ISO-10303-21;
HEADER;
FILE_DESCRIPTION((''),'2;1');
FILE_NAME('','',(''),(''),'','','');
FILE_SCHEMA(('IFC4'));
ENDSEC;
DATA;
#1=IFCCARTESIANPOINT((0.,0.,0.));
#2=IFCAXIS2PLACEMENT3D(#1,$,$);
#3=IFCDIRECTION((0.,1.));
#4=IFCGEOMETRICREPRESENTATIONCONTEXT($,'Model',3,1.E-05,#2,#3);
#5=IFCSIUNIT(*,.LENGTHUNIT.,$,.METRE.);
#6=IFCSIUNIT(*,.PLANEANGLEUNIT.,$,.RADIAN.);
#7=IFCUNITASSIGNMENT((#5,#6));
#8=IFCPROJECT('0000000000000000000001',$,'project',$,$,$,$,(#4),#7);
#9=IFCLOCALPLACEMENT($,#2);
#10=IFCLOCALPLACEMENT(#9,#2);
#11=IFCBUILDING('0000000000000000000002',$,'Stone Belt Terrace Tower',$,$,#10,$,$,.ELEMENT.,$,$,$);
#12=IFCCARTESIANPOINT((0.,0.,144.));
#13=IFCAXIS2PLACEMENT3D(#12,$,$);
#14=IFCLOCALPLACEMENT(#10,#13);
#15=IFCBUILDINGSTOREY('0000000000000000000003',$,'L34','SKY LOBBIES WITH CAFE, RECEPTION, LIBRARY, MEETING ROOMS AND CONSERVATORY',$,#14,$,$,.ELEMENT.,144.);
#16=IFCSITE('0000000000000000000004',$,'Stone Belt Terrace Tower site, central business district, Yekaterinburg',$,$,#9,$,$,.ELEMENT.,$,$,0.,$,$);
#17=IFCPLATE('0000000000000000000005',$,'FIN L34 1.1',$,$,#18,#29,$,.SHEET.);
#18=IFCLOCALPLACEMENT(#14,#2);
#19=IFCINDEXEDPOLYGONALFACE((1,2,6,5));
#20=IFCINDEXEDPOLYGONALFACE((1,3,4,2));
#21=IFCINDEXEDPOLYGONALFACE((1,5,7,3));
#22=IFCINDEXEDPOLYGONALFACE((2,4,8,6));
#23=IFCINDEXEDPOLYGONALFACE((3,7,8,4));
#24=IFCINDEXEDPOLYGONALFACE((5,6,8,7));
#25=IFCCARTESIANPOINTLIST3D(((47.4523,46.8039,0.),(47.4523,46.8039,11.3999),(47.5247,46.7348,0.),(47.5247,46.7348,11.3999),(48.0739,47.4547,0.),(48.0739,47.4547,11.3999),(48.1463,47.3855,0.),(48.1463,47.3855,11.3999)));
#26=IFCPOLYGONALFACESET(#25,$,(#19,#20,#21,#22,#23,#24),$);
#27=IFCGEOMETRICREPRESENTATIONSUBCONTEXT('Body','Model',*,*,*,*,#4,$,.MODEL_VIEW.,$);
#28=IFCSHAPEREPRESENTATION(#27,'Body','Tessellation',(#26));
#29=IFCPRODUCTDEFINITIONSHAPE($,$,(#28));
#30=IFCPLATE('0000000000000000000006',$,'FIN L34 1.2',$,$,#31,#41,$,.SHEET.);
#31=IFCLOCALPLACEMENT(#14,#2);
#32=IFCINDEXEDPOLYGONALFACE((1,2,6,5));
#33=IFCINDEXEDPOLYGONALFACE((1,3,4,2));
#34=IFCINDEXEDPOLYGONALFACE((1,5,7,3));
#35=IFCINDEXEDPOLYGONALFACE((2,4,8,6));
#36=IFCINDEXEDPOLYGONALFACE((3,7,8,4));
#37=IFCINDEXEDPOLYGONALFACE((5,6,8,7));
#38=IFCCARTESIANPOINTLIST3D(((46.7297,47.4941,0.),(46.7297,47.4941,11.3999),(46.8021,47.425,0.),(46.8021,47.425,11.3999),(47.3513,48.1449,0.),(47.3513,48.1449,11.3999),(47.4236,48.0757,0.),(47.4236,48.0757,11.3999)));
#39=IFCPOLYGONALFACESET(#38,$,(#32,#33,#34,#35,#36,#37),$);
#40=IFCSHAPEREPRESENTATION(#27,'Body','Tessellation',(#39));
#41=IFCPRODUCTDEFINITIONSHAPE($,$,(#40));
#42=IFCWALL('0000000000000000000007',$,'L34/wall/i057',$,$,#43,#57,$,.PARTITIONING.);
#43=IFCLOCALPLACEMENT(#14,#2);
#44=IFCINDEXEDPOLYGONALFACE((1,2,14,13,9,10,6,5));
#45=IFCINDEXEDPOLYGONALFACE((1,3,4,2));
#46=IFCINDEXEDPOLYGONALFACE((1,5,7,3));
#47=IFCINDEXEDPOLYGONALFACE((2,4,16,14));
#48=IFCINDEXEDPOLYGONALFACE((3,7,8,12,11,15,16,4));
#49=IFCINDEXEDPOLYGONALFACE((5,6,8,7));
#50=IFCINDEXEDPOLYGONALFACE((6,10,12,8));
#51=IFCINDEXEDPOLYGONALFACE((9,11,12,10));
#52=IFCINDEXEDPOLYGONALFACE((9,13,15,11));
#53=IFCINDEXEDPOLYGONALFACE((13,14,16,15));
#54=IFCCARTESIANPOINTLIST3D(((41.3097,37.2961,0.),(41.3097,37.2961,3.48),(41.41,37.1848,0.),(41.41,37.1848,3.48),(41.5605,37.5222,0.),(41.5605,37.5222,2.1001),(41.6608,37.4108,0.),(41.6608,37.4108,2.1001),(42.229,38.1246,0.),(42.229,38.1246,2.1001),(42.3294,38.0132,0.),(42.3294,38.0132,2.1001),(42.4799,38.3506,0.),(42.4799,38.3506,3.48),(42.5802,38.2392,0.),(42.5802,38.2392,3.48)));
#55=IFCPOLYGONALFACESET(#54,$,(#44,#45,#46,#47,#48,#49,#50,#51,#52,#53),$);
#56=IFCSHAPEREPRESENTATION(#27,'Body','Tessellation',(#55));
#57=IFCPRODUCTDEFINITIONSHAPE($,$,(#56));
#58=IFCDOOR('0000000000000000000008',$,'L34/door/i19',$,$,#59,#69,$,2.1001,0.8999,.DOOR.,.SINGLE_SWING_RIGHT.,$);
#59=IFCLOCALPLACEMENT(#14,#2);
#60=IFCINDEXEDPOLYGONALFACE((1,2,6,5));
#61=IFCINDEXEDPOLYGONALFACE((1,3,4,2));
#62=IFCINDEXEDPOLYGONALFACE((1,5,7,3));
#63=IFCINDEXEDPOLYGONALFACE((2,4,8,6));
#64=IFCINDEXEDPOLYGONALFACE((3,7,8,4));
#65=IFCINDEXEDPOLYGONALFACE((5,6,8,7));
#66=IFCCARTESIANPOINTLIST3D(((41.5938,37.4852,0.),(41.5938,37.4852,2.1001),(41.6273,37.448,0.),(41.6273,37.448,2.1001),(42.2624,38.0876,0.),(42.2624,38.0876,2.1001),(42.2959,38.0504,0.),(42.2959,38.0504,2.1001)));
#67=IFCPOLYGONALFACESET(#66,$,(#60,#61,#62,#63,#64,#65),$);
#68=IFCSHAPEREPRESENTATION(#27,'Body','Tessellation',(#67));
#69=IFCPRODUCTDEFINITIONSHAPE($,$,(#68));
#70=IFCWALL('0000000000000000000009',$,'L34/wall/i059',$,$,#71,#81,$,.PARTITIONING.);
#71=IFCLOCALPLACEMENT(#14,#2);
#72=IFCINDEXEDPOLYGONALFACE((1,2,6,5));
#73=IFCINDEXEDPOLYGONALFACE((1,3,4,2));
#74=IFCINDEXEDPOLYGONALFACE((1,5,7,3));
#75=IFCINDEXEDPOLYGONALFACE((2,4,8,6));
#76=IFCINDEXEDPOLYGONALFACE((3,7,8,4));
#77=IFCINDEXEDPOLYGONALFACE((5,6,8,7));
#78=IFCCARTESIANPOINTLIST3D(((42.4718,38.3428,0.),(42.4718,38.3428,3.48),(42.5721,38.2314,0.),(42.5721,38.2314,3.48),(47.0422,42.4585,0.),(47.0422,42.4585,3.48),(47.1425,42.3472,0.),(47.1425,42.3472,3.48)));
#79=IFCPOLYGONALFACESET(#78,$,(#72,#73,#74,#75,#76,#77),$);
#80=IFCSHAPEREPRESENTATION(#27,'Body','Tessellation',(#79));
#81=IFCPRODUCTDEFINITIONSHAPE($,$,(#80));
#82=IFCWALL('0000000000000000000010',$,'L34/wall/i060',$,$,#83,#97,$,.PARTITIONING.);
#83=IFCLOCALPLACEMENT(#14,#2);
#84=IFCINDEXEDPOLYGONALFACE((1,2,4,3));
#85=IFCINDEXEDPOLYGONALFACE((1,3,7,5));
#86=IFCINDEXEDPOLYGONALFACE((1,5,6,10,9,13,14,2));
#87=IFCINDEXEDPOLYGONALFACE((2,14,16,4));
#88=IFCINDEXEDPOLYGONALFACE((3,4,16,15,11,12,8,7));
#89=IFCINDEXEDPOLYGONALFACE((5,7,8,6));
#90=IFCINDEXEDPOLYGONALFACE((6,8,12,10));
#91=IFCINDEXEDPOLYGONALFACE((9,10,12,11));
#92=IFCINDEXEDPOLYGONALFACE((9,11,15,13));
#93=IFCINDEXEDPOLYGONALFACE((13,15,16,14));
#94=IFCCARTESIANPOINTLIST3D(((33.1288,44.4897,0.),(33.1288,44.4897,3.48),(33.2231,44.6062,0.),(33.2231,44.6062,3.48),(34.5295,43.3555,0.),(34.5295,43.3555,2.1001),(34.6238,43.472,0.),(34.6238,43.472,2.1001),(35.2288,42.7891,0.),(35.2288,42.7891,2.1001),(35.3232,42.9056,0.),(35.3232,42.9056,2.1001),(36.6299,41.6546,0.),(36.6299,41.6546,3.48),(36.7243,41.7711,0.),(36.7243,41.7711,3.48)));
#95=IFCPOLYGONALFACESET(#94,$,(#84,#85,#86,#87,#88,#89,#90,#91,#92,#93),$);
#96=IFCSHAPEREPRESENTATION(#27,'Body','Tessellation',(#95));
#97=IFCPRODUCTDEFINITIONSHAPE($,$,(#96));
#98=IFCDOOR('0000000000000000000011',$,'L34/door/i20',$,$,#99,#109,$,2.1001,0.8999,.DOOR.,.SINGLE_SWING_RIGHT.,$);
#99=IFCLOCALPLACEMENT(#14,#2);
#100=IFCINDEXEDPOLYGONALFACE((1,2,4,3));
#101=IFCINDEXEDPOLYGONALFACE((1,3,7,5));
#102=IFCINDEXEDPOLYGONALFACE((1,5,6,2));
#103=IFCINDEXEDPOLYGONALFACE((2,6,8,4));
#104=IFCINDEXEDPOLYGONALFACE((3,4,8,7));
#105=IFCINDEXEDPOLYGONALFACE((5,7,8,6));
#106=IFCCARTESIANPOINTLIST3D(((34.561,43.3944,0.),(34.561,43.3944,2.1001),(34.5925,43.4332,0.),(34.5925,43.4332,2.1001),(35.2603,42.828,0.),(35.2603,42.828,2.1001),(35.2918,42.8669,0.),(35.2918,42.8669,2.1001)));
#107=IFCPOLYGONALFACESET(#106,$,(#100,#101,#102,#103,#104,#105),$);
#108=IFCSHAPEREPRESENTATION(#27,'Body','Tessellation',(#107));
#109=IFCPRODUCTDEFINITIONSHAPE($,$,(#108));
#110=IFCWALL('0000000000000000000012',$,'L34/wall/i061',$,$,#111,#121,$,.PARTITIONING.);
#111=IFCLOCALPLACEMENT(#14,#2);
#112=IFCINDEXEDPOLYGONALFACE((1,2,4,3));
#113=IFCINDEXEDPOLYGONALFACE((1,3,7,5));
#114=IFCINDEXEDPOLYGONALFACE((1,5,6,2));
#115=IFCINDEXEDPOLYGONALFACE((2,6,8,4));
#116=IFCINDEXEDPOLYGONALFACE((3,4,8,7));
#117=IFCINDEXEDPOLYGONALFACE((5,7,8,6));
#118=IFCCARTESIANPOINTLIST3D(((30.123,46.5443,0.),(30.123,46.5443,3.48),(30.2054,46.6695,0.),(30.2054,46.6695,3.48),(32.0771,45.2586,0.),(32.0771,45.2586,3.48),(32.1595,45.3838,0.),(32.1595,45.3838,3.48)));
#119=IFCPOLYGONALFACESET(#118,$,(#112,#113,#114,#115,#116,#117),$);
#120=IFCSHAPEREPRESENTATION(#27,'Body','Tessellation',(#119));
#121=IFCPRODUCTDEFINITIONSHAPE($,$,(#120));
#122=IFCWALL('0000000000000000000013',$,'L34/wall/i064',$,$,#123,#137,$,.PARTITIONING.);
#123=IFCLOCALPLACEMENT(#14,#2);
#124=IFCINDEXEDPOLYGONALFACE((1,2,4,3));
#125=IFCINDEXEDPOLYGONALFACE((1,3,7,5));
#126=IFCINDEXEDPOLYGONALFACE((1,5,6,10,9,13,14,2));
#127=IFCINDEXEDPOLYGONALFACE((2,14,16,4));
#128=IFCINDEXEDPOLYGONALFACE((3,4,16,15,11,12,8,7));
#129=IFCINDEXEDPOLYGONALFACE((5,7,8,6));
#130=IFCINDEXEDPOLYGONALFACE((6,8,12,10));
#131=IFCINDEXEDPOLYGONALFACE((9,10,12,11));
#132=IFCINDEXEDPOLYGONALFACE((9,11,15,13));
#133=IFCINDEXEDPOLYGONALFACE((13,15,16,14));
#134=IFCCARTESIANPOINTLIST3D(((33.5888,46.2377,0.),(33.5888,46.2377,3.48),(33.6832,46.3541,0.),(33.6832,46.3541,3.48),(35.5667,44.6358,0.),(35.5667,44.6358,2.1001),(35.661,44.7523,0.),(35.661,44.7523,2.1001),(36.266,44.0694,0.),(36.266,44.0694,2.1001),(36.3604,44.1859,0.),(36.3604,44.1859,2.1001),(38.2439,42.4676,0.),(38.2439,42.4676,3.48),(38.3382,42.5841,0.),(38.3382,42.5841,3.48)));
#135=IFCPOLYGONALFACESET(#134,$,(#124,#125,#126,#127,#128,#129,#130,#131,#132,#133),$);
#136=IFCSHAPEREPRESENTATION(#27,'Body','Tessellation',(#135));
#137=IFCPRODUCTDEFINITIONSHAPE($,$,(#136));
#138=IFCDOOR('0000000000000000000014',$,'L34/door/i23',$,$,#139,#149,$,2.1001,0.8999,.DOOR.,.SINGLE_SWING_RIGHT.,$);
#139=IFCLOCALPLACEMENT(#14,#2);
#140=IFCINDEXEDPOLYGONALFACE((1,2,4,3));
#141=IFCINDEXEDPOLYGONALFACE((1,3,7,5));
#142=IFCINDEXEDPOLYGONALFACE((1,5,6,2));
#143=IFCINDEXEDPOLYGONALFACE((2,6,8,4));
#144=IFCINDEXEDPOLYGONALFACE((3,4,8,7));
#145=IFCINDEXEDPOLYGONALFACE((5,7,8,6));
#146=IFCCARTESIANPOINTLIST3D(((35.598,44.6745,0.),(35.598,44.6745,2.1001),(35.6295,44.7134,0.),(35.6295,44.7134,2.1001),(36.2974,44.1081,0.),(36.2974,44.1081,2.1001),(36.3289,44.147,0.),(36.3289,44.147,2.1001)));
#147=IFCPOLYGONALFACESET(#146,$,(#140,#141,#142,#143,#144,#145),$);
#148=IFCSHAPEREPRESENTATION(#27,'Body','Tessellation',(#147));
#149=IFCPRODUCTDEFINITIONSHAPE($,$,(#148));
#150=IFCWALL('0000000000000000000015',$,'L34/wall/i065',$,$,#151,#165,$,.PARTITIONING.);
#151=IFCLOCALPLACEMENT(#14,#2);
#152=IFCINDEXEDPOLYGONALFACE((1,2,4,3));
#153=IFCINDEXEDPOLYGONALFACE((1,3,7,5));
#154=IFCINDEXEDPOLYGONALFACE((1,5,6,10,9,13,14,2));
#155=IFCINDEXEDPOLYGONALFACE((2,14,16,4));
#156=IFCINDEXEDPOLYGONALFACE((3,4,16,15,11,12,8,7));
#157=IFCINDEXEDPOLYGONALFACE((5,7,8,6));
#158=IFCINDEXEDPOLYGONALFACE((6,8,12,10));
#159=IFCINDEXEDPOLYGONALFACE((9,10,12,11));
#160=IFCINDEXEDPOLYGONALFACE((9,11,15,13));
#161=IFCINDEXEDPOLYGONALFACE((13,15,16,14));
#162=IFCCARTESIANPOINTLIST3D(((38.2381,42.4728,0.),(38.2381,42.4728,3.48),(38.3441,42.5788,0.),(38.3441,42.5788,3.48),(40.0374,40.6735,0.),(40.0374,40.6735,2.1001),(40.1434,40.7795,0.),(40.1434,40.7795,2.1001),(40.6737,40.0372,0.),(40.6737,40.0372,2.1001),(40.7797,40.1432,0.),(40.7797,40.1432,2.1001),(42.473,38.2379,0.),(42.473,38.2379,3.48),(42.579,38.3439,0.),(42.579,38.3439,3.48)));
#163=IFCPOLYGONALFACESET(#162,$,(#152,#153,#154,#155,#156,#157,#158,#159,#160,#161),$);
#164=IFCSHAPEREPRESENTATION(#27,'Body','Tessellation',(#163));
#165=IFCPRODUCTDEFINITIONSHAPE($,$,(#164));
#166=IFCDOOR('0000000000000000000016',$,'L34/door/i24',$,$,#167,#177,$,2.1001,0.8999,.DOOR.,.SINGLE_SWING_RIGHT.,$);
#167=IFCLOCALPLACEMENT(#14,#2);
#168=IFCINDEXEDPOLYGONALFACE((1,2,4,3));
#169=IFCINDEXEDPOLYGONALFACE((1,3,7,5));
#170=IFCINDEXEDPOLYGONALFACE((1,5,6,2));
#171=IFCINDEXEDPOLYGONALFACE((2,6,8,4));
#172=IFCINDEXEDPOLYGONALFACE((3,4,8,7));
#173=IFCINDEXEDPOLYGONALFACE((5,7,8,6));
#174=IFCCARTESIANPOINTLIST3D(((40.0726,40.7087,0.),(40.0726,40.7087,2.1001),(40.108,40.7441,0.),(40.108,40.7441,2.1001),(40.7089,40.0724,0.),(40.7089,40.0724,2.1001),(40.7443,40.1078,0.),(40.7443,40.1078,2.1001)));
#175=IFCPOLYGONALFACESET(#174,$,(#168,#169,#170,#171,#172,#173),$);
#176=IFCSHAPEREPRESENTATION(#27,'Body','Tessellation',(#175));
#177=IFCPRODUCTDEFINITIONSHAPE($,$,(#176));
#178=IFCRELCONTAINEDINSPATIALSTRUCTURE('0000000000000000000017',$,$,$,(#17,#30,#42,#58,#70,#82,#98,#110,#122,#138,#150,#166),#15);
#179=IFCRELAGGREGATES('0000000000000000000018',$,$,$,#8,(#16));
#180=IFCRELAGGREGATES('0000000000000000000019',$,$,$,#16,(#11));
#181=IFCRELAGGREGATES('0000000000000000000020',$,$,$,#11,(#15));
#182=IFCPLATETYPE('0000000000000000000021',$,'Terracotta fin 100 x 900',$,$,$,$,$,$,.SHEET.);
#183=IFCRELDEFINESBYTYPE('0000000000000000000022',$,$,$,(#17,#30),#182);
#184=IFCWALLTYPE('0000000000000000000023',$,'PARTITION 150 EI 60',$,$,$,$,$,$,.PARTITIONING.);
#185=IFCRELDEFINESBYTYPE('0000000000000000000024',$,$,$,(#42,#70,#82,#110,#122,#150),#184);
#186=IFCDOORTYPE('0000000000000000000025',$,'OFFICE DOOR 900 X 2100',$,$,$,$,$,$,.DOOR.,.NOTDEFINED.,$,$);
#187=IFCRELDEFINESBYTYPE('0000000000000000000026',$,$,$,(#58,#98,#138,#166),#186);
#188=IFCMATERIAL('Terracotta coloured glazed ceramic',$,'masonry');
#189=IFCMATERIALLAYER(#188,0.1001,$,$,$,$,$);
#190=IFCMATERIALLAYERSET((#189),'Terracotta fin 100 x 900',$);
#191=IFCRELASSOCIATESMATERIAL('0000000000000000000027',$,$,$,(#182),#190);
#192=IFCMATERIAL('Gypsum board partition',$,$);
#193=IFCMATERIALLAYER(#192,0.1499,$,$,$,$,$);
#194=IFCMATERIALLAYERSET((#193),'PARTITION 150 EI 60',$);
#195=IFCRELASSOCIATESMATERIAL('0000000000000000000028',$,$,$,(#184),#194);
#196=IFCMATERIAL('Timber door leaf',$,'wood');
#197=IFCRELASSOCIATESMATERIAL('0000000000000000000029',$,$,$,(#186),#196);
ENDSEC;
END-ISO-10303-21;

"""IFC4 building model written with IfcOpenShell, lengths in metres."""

from ifc_helpers import new_model, si_unit, direction, frame, frame_2d, origin, origin_2d, place, context, subcontext, project, spatial, rectangle, extrude, material, layer, layer_set, type_object, element, fill, save


model = new_model("IFC4")

# Units and contexts
model_context = context("Model", 3, precision=1e-05, world=origin(), true_north=direction((0.0, 1.0)))
body_context = subcontext(model_context, "Body", "Model", "MODEL_VIEW")
ifc_project = project(units=[si_unit("LENGTHUNIT", "METRE"), si_unit("PLANEANGLEUNIT", "RADIAN")], contexts=[model_context])

# Site, building, storey
site_placement = place(None, origin())
site = spatial("IfcSite", under=ifc_project, at=site_placement, Name="Stone Belt Terrace Tower site, central business district, Yekaterinburg", CompositionType="ELEMENT", RefElevation=0.0)
building_placement = place(site_placement, origin())
building = spatial("IfcBuilding", under=site, at=building_placement, Name="Stone Belt Terrace Tower", CompositionType="ELEMENT")
storey_placement = place(building_placement, frame((0.0, 0.0, 144.0)))
storey = spatial("IfcBuildingStorey", under=building, at=storey_placement, Name="L34", Description="SKY LOBBIES WITH CAFE, RECEPTION, LIBRARY, MEETING ROOMS AND CONSERVATORY", CompositionType="ELEMENT", Elevation=144.0)

# Plates
ifc_material_1 = material(Name="Terracotta coloured glazed ceramic", Category="masonry")
ifc_layer_1 = layer(ifc_material_1, 0.1001)
ifc_layer_set_1 = layer_set([ifc_layer_1], Name="Terracotta fin 100 x 900")
plate_type_1 = type_object("IfcPlateType", Name="Terracotta fin 100 x 900", PredefinedType="SHEET", material=ifc_layer_set_1)
for number, where, z_axis, x_axis, name in (
    (1, (47.7993, 47.0947, 0.0), (0.0, 0.0, 1.0), (0.690721, 0.723121, 0.0), "FIN L34 1.1"),
    (2, (47.0767, 47.7849, 0.0), (0.0, 0.0, 1.0), (0.690721, 0.723121, 0.0), "FIN L34 1.2"),
):
    element("IfcPlate", number, at=place(storey_placement, frame(where, z_axis=z_axis, x_axis=x_axis)), inside=storey, type_object=plate_type_1, Name=name, PredefinedType="SHEET", context=body_context, shape_type="SweptSolid", body=[
        extrude(rectangle(XDim=0.8999, YDim=0.1001, at=origin_2d()), origin(), (0.0, 0.0, 1.0), 11.3999),
    ])

# Wall, opening, door
ifc_material_2 = material(Name="Gypsum board partition")
ifc_layer_2 = layer(ifc_material_2, 0.1499)
ifc_layer_set_2 = layer_set([ifc_layer_2], Name="PARTITION 150 EI 60")
wall_type_1 = type_object("IfcWallType", Name="PARTITION 150 EI 60", PredefinedType="PARTITIONING", material=ifc_layer_set_2)
wall_1_placement = place(storey_placement, frame((42.53, 38.2949, 0.0), z_axis=(0.0, 0.0, 1.0), x_axis=(-0.742886, -0.669418, 0.0)))
wall_1 = element("IfcWall", 3, at=wall_1_placement, inside=storey, type_object=wall_type_1, Name="L34/wall/i057", PredefinedType="PARTITIONING", context=body_context, shape_type="SweptSolid", body=[
    extrude(rectangle(XDim=1.5752, YDim=0.1499, at=frame_2d((0.7876, 0.0))), origin(), (0.0, 0.0, 1.0), 3.48),
])
opening_1_placement = place(wall_1_placement, frame((0.3376, 0.0, 0.0)))
opening_1 = element("IfcOpeningElement", 4, at=opening_1_placement, cuts=wall_1, PredefinedType="OPENING", context=body_context, shape_type="SweptSolid", body=[
    extrude(rectangle(XDim=0.8999, YDim=2.1001, at=frame_2d((0.45, 1.05))), frame((0.0, 0.085, 0.0), z_axis=(0.0, -1.0, 0.0), x_axis=(1.0, 0.0, 0.0)), (0.0, 0.0, 1.0), 0.1699),
])
ifc_material_3 = material(Name="Timber door leaf", Category="wood")
door_type_1 = type_object("IfcDoorType", Name="OFFICE DOOR 900 X 2100", OperationType="NOTDEFINED", PredefinedType="DOOR", material=ifc_material_3)
door_1_placement = place(opening_1_placement, origin())
door_1 = element("IfcDoor", 5, at=door_1_placement, inside=storey, type_object=door_type_1, Name="L34/door/i19", OperationType="SINGLE_SWING_RIGHT", OverallHeight=2.1001, OverallWidth=0.8999, PredefinedType="DOOR", context=body_context, shape_type="SweptSolid", body=[
    extrude(rectangle(XDim=0.8999, YDim=2.1001, at=frame_2d((0.45, 1.05))), frame((0.0, 0.0249, 0.0), z_axis=(0.0, -1.0, 0.0), x_axis=(1.0, 0.0, 0.0)), (0.0, 0.0, 1.0), 0.05),
])
fill(opening_1, door_1)

# Wall
wall_2_placement = place(storey_placement, frame((42.522, 38.2871, 0.0), z_axis=(0.0, 0.0, 1.0), x_axis=(0.743097, 0.669184, 0.0)))
element("IfcWall", 6, at=wall_2_placement, inside=storey, type_object=wall_type_1, Name="L34/wall/i059", PredefinedType="PARTITIONING", context=body_context, shape_type="SweptSolid", body=[
    extrude(rectangle(XDim=6.1504, YDim=0.1499, at=frame_2d((3.0752, 0.0))), origin(), (0.0, 0.0, 1.0), 3.48),
])

# Wall, opening, door
wall_3_placement = place(storey_placement, frame((36.677, 41.7129, 0.0), z_axis=(0.0, 0.0, 1.0), x_axis=(-0.777149, 0.629317, 0.0)))
wall_3 = element("IfcWall", 7, at=wall_3_placement, inside=storey, type_object=wall_type_1, Name="L34/wall/i060", PredefinedType="PARTITIONING", context=body_context, shape_type="SweptSolid", body=[
    extrude(rectangle(XDim=4.5051, YDim=0.1499, at=frame_2d((2.2524, 0.0))), origin(), (0.0, 0.0, 1.0), 3.48),
])
opening_2_placement = place(wall_3_placement, frame((1.8027, 0.0, 0.0)))
opening_2 = element("IfcOpeningElement", 8, at=opening_2_placement, cuts=wall_3, PredefinedType="OPENING", context=body_context, shape_type="SweptSolid", body=[
    extrude(rectangle(XDim=0.8999, YDim=2.1001, at=frame_2d((0.45, 1.05))), frame((0.0, 0.085, 0.0), z_axis=(0.0, -1.0, 0.0), x_axis=(1.0, 0.0, 0.0)), (0.0, 0.0, 1.0), 0.1699),
])
door_2_placement = place(opening_2_placement, origin())
door_2 = element("IfcDoor", 9, at=door_2_placement, inside=storey, type_object=door_type_1, Name="L34/door/i20", OperationType="SINGLE_SWING_RIGHT", OverallHeight=2.1001, OverallWidth=0.8999, PredefinedType="DOOR", context=body_context, shape_type="SweptSolid", body=[
    extrude(rectangle(XDim=0.8999, YDim=2.1001, at=frame_2d((0.45, 1.05))), frame((0.0, 0.0249, 0.0), z_axis=(0.0, -1.0, 0.0), x_axis=(1.0, 0.0, 0.0)), (0.0, 0.0, 1.0), 0.05),
])
fill(opening_2, door_2)

# Wall
wall_4_placement = place(storey_placement, frame((32.1182, 45.3213, 0.0), z_axis=(0.0, 0.0, 1.0), x_axis=(-0.835407, 0.549632, 0.0)))
element("IfcWall", 10, at=wall_4_placement, inside=storey, type_object=wall_type_1, Name="L34/wall/i061", PredefinedType="PARTITIONING", context=body_context, shape_type="SweptSolid", body=[
    extrude(rectangle(XDim=2.3391, YDim=0.1499, at=frame_2d((1.1694, 0.0))), origin(), (0.0, 0.0, 1.0), 3.48),
])

# Walls, openings, doors
wall_5_placement = place(storey_placement, frame((33.636, 46.2959, 0.0), z_axis=(0.0, 0.0, 1.0), x_axis=(0.777109, -0.629366, 0.0)))
wall_5 = element("IfcWall", 11, at=wall_5_placement, inside=storey, type_object=wall_type_1, Name="L34/wall/i064", PredefinedType="PARTITIONING", context=body_context, shape_type="SweptSolid", body=[
    extrude(rectangle(XDim=5.9902, YDim=0.1499, at=frame_2d((2.9951, 0.0))), origin(), (0.0, 0.0, 1.0), 3.48),
])
opening_3_placement = place(wall_5_placement, frame((2.5452, 0.0, 0.0)))
opening_3 = element("IfcOpeningElement", 12, at=opening_3_placement, cuts=wall_5, PredefinedType="OPENING", context=body_context, shape_type="SweptSolid", body=[
    extrude(rectangle(XDim=0.8999, YDim=2.1001, at=frame_2d((0.45, 1.05))), frame((0.0, 0.085, 0.0), z_axis=(0.0, -1.0, 0.0), x_axis=(1.0, 0.0, 0.0)), (0.0, 0.0, 1.0), 0.1699),
])
door_3_placement = place(opening_3_placement, origin())
door_3 = element("IfcDoor", 13, at=door_3_placement, inside=storey, type_object=door_type_1, Name="L34/door/i23", OperationType="SINGLE_SWING_RIGHT", OverallHeight=2.1001, OverallWidth=0.8999, PredefinedType="DOOR", context=body_context, shape_type="SweptSolid", body=[
    extrude(rectangle(XDim=0.8999, YDim=2.1001, at=frame_2d((0.45, 1.05))), frame((0.0, 0.0249, 0.0), z_axis=(0.0, -1.0, 0.0), x_axis=(1.0, 0.0, 0.0)), (0.0, 0.0, 1.0), 0.05),
])
fill(opening_3, door_3)
wall_6_placement = place(storey_placement, frame((38.291, 42.5259, 0.0), z_axis=(0.0, 0.0, 1.0), x_axis=(0.707107, -0.707107, 0.0)))
wall_6 = element("IfcWall", 14, at=wall_6_placement, inside=storey, type_object=wall_type_1, Name="L34/wall/i065", PredefinedType="PARTITIONING", context=body_context, shape_type="SweptSolid", body=[
    extrude(rectangle(XDim=5.989, YDim=0.1499, at=frame_2d((2.9946, 0.0))), origin(), (0.0, 0.0, 1.0), 3.48),
])
opening_4_placement = place(wall_6_placement, frame((2.5447, 0.0, 0.0)))
opening_4 = element("IfcOpeningElement", 15, at=opening_4_placement, cuts=wall_6, PredefinedType="OPENING", context=body_context, shape_type="SweptSolid", body=[
    extrude(rectangle(XDim=0.8999, YDim=2.1001, at=frame_2d((0.45, 1.05))), frame((0.0, 0.085, 0.0), z_axis=(0.0, -1.0, 0.0), x_axis=(1.0, 0.0, 0.0)), (0.0, 0.0, 1.0), 0.1699),
])
door_4_placement = place(opening_4_placement, origin())
door_4 = element("IfcDoor", 16, at=door_4_placement, inside=storey, type_object=door_type_1, Name="L34/door/i24", OperationType="SINGLE_SWING_RIGHT", OverallHeight=2.1001, OverallWidth=0.8999, PredefinedType="DOOR", context=body_context, shape_type="SweptSolid", body=[
    extrude(rectangle(XDim=0.8999, YDim=2.1001, at=frame_2d((0.45, 1.05))), frame((0.0, 0.0249, 0.0), z_axis=(0.0, -1.0, 0.0), x_axis=(1.0, 0.0, 0.0)), (0.0, 0.0, 1.0), 0.05),
])
fill(opening_4, door_4)

save(model, "model.ifc")
